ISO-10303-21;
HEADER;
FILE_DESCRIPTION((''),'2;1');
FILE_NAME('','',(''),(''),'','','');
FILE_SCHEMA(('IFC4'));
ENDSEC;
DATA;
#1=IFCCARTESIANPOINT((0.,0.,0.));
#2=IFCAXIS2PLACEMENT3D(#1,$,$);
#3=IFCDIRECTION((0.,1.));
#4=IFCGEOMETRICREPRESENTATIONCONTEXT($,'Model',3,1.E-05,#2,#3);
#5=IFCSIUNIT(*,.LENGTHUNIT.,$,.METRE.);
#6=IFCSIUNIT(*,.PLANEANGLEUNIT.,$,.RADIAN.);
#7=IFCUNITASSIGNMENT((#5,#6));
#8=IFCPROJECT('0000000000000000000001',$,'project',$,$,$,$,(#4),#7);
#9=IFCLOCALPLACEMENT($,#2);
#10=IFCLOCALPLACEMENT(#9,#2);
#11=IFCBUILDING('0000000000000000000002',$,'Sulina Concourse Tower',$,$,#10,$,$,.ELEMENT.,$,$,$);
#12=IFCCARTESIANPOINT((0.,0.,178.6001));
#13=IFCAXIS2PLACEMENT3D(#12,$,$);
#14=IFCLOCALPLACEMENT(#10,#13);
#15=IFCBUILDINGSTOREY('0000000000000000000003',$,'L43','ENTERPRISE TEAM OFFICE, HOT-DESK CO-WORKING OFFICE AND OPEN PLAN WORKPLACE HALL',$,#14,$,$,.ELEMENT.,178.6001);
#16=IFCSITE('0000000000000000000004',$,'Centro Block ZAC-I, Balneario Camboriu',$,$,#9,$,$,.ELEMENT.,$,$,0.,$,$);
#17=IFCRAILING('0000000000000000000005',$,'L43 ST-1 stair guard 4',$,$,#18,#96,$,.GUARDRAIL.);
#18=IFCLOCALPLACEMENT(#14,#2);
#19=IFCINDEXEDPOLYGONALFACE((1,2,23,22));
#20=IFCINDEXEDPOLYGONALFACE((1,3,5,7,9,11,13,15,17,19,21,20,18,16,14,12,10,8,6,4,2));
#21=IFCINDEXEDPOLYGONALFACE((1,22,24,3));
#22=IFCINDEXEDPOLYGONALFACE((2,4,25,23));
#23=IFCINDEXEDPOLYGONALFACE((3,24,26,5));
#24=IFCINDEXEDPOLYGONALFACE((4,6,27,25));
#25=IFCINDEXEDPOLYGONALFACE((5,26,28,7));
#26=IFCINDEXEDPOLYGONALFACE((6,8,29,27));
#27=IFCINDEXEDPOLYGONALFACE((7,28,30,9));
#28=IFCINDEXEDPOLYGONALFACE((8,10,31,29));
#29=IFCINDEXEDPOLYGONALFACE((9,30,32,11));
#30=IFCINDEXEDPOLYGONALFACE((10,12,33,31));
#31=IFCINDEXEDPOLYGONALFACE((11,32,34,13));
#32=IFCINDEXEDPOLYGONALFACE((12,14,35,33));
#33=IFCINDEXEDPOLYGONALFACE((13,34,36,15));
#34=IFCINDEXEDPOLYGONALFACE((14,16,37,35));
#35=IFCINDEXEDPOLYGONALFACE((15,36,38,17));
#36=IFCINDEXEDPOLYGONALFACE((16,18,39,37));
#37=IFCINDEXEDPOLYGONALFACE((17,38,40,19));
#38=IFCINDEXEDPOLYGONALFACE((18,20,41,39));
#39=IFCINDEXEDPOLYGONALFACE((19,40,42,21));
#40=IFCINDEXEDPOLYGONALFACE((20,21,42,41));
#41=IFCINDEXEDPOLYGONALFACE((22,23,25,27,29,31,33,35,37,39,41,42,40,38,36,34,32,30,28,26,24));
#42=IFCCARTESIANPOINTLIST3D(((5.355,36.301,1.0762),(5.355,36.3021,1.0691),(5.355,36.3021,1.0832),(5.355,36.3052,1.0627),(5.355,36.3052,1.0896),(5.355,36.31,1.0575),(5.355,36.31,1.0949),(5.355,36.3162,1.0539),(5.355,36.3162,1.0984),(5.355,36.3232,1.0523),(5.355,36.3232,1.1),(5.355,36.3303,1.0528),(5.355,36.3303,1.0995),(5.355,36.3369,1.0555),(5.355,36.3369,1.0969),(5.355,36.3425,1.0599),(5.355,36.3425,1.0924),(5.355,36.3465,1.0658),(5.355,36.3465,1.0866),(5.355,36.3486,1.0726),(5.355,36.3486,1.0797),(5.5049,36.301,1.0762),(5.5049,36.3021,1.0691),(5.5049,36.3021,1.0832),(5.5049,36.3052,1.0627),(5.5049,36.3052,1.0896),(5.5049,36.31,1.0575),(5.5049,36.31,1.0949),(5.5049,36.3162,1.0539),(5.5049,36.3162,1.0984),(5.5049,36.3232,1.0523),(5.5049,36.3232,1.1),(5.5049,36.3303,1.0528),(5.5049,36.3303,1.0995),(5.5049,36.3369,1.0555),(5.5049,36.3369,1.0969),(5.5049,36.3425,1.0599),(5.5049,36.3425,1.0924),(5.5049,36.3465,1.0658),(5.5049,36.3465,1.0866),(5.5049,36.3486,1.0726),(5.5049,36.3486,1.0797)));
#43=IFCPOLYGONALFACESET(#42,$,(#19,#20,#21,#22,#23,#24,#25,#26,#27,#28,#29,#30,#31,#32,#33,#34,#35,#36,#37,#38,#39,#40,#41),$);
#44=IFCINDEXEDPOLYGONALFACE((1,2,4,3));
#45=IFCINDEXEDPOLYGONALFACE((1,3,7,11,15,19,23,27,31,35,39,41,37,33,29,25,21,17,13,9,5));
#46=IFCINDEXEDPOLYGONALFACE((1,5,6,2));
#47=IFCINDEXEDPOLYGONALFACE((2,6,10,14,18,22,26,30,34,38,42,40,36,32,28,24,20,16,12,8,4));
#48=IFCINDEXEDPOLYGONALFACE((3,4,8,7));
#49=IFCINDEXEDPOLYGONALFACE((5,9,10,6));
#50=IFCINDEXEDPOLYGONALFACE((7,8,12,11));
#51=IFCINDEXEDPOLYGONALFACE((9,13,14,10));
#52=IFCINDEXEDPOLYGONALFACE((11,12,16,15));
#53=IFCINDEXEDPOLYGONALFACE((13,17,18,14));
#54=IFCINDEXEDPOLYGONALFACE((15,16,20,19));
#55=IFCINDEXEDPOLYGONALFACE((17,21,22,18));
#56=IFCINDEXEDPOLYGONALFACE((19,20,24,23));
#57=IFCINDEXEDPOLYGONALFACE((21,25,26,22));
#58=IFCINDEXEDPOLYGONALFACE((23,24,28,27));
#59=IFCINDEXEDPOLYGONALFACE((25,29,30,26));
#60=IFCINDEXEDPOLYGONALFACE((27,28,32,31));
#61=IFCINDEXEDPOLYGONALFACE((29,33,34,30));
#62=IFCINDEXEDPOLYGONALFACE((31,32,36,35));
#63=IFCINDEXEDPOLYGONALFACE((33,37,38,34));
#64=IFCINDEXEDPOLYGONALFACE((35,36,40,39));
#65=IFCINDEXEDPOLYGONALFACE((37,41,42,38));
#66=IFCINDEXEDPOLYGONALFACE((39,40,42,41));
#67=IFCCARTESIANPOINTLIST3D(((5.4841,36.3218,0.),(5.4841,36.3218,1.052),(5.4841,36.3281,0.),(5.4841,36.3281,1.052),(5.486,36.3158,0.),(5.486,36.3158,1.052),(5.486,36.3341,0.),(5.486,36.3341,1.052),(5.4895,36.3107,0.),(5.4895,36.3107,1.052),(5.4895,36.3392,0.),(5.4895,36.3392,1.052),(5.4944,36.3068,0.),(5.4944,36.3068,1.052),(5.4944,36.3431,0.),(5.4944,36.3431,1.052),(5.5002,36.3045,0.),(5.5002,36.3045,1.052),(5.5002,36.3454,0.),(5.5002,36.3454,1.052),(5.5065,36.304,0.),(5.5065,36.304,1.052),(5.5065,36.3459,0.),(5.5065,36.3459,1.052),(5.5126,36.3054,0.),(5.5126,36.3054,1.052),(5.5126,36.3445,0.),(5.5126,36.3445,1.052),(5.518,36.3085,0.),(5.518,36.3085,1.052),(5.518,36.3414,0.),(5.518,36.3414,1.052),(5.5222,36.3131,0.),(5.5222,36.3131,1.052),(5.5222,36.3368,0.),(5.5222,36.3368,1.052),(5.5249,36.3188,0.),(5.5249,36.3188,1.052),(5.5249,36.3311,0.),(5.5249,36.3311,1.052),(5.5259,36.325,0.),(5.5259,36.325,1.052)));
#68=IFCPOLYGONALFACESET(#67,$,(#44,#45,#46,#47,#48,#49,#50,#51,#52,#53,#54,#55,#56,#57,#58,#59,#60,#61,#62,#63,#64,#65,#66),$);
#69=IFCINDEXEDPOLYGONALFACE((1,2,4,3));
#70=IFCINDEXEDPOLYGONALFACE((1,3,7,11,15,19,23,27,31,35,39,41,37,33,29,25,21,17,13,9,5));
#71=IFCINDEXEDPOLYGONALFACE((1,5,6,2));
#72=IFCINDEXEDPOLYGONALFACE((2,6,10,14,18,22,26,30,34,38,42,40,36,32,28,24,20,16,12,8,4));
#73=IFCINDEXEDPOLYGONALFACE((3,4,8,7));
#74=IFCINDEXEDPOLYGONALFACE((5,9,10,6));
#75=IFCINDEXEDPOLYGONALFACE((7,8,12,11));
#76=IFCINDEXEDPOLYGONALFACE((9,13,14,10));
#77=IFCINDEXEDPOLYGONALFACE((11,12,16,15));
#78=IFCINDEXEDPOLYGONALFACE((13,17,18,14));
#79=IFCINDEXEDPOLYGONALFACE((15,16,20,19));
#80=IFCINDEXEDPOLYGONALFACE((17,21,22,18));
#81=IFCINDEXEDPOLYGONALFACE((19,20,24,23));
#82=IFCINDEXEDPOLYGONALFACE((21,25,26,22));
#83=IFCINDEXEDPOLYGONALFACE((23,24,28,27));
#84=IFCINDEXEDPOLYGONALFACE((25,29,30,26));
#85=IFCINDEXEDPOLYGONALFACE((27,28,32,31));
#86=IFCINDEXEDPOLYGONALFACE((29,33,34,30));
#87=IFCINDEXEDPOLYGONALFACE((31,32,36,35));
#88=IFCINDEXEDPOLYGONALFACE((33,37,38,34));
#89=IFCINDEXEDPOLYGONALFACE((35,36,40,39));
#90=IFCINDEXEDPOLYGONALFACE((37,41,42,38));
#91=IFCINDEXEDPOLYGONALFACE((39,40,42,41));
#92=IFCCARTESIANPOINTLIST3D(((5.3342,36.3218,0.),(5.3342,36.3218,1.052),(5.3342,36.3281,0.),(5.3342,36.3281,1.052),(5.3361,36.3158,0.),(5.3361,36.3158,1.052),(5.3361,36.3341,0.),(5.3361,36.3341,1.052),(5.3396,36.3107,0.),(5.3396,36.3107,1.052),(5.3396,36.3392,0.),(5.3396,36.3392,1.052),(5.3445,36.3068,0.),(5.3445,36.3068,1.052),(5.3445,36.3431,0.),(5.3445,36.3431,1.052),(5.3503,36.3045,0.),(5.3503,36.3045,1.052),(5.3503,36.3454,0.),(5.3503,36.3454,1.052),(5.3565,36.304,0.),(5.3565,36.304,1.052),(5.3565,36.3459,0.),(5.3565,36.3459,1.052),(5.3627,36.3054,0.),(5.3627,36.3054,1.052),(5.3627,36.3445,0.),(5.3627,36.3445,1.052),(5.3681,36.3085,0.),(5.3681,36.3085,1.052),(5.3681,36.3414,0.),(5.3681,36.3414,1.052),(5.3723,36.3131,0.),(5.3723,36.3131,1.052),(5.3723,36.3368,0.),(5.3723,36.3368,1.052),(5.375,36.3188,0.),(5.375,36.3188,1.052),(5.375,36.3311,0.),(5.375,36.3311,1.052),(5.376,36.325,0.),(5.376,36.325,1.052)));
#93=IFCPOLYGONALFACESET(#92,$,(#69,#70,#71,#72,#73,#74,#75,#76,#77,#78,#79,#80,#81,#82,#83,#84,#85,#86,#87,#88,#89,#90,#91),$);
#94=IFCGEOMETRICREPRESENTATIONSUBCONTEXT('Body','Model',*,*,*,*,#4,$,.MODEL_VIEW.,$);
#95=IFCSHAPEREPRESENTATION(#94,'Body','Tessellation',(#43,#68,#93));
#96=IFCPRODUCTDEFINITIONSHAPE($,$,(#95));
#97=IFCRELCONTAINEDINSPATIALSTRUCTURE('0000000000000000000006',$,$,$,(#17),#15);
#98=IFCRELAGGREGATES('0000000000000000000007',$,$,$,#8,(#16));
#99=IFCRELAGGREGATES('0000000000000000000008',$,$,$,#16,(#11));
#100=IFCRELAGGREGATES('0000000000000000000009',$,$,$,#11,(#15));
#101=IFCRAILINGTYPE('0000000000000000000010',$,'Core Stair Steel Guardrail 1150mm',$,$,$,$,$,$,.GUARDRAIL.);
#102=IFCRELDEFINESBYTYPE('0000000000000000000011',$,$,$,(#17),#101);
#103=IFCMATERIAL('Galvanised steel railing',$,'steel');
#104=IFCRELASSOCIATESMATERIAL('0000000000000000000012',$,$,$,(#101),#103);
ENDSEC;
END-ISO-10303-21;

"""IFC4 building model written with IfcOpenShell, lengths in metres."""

from ifc_helpers import new_model, si_unit, direction, frame, origin, origin_2d, place, context, subcontext, project, spatial, circle, extrude, material, type_object, element, save


model = new_model("IFC4")

# Units and contexts
model_context = context("Model", 3, precision=1e-05, world=origin(), true_north=direction((0.0, 1.0)))
body_context = subcontext(model_context, "Body", "Model", "MODEL_VIEW")
ifc_project = project(units=[si_unit("LENGTHUNIT", "METRE"), si_unit("PLANEANGLEUNIT", "RADIAN")], contexts=[model_context])

# Site, building, storey
site_placement = place(None, origin())
site = spatial("IfcSite", under=ifc_project, at=site_placement, Name="Centro Block ZAC-I, Balneario Camboriu", CompositionType="ELEMENT", RefElevation=0.0)
building_placement = place(site_placement, origin())
building = spatial("IfcBuilding", under=site, at=building_placement, Name="Sulina Concourse Tower", CompositionType="ELEMENT")
storey_placement = place(building_placement, frame((0.0, 0.0, 178.6001)))
storey = spatial("IfcBuildingStorey", under=building, at=storey_placement, Name="L43", Description="ENTERPRISE TEAM OFFICE, HOT-DESK CO-WORKING OFFICE AND OPEN PLAN WORKPLACE HALL", CompositionType="ELEMENT", Elevation=178.6001)

# Railing
ifc_material_1 = material(Name="Galvanised steel railing", Category="steel")
railing_type = type_object("IfcRailingType", Name="Core Stair Steel Guardrail 1150mm", PredefinedType="GUARDRAIL", material=ifc_material_1)
railing_1_placement = place(storey_placement, frame((5.5049, 36.325, 0.0)))
element("IfcRailing", 1, at=railing_1_placement, inside=storey, type_object=railing_type, Name="L43 ST-1 stair guard 4", PredefinedType="GUARDRAIL", context=body_context, shape_type="SweptSolid", body=[
    extrude(circle(Radius=0.0239, at=origin_2d()), frame((0.0, 0.0, 1.0762), z_axis=(-1.0, 0.0, 0.0), x_axis=(0.0, -1.0, 0.0)), (0.0, 0.0, 1.0), 0.1499),
    extrude(circle(Radius=0.021, at=origin_2d()), origin(), (0.0, 0.0, 1.0), 1.052),
    extrude(circle(Radius=0.021, at=origin_2d()), frame((-0.1499, 0.0, 0.0)), (0.0, 0.0, 1.0), 1.052),
])

save(model, "model.ifc")
